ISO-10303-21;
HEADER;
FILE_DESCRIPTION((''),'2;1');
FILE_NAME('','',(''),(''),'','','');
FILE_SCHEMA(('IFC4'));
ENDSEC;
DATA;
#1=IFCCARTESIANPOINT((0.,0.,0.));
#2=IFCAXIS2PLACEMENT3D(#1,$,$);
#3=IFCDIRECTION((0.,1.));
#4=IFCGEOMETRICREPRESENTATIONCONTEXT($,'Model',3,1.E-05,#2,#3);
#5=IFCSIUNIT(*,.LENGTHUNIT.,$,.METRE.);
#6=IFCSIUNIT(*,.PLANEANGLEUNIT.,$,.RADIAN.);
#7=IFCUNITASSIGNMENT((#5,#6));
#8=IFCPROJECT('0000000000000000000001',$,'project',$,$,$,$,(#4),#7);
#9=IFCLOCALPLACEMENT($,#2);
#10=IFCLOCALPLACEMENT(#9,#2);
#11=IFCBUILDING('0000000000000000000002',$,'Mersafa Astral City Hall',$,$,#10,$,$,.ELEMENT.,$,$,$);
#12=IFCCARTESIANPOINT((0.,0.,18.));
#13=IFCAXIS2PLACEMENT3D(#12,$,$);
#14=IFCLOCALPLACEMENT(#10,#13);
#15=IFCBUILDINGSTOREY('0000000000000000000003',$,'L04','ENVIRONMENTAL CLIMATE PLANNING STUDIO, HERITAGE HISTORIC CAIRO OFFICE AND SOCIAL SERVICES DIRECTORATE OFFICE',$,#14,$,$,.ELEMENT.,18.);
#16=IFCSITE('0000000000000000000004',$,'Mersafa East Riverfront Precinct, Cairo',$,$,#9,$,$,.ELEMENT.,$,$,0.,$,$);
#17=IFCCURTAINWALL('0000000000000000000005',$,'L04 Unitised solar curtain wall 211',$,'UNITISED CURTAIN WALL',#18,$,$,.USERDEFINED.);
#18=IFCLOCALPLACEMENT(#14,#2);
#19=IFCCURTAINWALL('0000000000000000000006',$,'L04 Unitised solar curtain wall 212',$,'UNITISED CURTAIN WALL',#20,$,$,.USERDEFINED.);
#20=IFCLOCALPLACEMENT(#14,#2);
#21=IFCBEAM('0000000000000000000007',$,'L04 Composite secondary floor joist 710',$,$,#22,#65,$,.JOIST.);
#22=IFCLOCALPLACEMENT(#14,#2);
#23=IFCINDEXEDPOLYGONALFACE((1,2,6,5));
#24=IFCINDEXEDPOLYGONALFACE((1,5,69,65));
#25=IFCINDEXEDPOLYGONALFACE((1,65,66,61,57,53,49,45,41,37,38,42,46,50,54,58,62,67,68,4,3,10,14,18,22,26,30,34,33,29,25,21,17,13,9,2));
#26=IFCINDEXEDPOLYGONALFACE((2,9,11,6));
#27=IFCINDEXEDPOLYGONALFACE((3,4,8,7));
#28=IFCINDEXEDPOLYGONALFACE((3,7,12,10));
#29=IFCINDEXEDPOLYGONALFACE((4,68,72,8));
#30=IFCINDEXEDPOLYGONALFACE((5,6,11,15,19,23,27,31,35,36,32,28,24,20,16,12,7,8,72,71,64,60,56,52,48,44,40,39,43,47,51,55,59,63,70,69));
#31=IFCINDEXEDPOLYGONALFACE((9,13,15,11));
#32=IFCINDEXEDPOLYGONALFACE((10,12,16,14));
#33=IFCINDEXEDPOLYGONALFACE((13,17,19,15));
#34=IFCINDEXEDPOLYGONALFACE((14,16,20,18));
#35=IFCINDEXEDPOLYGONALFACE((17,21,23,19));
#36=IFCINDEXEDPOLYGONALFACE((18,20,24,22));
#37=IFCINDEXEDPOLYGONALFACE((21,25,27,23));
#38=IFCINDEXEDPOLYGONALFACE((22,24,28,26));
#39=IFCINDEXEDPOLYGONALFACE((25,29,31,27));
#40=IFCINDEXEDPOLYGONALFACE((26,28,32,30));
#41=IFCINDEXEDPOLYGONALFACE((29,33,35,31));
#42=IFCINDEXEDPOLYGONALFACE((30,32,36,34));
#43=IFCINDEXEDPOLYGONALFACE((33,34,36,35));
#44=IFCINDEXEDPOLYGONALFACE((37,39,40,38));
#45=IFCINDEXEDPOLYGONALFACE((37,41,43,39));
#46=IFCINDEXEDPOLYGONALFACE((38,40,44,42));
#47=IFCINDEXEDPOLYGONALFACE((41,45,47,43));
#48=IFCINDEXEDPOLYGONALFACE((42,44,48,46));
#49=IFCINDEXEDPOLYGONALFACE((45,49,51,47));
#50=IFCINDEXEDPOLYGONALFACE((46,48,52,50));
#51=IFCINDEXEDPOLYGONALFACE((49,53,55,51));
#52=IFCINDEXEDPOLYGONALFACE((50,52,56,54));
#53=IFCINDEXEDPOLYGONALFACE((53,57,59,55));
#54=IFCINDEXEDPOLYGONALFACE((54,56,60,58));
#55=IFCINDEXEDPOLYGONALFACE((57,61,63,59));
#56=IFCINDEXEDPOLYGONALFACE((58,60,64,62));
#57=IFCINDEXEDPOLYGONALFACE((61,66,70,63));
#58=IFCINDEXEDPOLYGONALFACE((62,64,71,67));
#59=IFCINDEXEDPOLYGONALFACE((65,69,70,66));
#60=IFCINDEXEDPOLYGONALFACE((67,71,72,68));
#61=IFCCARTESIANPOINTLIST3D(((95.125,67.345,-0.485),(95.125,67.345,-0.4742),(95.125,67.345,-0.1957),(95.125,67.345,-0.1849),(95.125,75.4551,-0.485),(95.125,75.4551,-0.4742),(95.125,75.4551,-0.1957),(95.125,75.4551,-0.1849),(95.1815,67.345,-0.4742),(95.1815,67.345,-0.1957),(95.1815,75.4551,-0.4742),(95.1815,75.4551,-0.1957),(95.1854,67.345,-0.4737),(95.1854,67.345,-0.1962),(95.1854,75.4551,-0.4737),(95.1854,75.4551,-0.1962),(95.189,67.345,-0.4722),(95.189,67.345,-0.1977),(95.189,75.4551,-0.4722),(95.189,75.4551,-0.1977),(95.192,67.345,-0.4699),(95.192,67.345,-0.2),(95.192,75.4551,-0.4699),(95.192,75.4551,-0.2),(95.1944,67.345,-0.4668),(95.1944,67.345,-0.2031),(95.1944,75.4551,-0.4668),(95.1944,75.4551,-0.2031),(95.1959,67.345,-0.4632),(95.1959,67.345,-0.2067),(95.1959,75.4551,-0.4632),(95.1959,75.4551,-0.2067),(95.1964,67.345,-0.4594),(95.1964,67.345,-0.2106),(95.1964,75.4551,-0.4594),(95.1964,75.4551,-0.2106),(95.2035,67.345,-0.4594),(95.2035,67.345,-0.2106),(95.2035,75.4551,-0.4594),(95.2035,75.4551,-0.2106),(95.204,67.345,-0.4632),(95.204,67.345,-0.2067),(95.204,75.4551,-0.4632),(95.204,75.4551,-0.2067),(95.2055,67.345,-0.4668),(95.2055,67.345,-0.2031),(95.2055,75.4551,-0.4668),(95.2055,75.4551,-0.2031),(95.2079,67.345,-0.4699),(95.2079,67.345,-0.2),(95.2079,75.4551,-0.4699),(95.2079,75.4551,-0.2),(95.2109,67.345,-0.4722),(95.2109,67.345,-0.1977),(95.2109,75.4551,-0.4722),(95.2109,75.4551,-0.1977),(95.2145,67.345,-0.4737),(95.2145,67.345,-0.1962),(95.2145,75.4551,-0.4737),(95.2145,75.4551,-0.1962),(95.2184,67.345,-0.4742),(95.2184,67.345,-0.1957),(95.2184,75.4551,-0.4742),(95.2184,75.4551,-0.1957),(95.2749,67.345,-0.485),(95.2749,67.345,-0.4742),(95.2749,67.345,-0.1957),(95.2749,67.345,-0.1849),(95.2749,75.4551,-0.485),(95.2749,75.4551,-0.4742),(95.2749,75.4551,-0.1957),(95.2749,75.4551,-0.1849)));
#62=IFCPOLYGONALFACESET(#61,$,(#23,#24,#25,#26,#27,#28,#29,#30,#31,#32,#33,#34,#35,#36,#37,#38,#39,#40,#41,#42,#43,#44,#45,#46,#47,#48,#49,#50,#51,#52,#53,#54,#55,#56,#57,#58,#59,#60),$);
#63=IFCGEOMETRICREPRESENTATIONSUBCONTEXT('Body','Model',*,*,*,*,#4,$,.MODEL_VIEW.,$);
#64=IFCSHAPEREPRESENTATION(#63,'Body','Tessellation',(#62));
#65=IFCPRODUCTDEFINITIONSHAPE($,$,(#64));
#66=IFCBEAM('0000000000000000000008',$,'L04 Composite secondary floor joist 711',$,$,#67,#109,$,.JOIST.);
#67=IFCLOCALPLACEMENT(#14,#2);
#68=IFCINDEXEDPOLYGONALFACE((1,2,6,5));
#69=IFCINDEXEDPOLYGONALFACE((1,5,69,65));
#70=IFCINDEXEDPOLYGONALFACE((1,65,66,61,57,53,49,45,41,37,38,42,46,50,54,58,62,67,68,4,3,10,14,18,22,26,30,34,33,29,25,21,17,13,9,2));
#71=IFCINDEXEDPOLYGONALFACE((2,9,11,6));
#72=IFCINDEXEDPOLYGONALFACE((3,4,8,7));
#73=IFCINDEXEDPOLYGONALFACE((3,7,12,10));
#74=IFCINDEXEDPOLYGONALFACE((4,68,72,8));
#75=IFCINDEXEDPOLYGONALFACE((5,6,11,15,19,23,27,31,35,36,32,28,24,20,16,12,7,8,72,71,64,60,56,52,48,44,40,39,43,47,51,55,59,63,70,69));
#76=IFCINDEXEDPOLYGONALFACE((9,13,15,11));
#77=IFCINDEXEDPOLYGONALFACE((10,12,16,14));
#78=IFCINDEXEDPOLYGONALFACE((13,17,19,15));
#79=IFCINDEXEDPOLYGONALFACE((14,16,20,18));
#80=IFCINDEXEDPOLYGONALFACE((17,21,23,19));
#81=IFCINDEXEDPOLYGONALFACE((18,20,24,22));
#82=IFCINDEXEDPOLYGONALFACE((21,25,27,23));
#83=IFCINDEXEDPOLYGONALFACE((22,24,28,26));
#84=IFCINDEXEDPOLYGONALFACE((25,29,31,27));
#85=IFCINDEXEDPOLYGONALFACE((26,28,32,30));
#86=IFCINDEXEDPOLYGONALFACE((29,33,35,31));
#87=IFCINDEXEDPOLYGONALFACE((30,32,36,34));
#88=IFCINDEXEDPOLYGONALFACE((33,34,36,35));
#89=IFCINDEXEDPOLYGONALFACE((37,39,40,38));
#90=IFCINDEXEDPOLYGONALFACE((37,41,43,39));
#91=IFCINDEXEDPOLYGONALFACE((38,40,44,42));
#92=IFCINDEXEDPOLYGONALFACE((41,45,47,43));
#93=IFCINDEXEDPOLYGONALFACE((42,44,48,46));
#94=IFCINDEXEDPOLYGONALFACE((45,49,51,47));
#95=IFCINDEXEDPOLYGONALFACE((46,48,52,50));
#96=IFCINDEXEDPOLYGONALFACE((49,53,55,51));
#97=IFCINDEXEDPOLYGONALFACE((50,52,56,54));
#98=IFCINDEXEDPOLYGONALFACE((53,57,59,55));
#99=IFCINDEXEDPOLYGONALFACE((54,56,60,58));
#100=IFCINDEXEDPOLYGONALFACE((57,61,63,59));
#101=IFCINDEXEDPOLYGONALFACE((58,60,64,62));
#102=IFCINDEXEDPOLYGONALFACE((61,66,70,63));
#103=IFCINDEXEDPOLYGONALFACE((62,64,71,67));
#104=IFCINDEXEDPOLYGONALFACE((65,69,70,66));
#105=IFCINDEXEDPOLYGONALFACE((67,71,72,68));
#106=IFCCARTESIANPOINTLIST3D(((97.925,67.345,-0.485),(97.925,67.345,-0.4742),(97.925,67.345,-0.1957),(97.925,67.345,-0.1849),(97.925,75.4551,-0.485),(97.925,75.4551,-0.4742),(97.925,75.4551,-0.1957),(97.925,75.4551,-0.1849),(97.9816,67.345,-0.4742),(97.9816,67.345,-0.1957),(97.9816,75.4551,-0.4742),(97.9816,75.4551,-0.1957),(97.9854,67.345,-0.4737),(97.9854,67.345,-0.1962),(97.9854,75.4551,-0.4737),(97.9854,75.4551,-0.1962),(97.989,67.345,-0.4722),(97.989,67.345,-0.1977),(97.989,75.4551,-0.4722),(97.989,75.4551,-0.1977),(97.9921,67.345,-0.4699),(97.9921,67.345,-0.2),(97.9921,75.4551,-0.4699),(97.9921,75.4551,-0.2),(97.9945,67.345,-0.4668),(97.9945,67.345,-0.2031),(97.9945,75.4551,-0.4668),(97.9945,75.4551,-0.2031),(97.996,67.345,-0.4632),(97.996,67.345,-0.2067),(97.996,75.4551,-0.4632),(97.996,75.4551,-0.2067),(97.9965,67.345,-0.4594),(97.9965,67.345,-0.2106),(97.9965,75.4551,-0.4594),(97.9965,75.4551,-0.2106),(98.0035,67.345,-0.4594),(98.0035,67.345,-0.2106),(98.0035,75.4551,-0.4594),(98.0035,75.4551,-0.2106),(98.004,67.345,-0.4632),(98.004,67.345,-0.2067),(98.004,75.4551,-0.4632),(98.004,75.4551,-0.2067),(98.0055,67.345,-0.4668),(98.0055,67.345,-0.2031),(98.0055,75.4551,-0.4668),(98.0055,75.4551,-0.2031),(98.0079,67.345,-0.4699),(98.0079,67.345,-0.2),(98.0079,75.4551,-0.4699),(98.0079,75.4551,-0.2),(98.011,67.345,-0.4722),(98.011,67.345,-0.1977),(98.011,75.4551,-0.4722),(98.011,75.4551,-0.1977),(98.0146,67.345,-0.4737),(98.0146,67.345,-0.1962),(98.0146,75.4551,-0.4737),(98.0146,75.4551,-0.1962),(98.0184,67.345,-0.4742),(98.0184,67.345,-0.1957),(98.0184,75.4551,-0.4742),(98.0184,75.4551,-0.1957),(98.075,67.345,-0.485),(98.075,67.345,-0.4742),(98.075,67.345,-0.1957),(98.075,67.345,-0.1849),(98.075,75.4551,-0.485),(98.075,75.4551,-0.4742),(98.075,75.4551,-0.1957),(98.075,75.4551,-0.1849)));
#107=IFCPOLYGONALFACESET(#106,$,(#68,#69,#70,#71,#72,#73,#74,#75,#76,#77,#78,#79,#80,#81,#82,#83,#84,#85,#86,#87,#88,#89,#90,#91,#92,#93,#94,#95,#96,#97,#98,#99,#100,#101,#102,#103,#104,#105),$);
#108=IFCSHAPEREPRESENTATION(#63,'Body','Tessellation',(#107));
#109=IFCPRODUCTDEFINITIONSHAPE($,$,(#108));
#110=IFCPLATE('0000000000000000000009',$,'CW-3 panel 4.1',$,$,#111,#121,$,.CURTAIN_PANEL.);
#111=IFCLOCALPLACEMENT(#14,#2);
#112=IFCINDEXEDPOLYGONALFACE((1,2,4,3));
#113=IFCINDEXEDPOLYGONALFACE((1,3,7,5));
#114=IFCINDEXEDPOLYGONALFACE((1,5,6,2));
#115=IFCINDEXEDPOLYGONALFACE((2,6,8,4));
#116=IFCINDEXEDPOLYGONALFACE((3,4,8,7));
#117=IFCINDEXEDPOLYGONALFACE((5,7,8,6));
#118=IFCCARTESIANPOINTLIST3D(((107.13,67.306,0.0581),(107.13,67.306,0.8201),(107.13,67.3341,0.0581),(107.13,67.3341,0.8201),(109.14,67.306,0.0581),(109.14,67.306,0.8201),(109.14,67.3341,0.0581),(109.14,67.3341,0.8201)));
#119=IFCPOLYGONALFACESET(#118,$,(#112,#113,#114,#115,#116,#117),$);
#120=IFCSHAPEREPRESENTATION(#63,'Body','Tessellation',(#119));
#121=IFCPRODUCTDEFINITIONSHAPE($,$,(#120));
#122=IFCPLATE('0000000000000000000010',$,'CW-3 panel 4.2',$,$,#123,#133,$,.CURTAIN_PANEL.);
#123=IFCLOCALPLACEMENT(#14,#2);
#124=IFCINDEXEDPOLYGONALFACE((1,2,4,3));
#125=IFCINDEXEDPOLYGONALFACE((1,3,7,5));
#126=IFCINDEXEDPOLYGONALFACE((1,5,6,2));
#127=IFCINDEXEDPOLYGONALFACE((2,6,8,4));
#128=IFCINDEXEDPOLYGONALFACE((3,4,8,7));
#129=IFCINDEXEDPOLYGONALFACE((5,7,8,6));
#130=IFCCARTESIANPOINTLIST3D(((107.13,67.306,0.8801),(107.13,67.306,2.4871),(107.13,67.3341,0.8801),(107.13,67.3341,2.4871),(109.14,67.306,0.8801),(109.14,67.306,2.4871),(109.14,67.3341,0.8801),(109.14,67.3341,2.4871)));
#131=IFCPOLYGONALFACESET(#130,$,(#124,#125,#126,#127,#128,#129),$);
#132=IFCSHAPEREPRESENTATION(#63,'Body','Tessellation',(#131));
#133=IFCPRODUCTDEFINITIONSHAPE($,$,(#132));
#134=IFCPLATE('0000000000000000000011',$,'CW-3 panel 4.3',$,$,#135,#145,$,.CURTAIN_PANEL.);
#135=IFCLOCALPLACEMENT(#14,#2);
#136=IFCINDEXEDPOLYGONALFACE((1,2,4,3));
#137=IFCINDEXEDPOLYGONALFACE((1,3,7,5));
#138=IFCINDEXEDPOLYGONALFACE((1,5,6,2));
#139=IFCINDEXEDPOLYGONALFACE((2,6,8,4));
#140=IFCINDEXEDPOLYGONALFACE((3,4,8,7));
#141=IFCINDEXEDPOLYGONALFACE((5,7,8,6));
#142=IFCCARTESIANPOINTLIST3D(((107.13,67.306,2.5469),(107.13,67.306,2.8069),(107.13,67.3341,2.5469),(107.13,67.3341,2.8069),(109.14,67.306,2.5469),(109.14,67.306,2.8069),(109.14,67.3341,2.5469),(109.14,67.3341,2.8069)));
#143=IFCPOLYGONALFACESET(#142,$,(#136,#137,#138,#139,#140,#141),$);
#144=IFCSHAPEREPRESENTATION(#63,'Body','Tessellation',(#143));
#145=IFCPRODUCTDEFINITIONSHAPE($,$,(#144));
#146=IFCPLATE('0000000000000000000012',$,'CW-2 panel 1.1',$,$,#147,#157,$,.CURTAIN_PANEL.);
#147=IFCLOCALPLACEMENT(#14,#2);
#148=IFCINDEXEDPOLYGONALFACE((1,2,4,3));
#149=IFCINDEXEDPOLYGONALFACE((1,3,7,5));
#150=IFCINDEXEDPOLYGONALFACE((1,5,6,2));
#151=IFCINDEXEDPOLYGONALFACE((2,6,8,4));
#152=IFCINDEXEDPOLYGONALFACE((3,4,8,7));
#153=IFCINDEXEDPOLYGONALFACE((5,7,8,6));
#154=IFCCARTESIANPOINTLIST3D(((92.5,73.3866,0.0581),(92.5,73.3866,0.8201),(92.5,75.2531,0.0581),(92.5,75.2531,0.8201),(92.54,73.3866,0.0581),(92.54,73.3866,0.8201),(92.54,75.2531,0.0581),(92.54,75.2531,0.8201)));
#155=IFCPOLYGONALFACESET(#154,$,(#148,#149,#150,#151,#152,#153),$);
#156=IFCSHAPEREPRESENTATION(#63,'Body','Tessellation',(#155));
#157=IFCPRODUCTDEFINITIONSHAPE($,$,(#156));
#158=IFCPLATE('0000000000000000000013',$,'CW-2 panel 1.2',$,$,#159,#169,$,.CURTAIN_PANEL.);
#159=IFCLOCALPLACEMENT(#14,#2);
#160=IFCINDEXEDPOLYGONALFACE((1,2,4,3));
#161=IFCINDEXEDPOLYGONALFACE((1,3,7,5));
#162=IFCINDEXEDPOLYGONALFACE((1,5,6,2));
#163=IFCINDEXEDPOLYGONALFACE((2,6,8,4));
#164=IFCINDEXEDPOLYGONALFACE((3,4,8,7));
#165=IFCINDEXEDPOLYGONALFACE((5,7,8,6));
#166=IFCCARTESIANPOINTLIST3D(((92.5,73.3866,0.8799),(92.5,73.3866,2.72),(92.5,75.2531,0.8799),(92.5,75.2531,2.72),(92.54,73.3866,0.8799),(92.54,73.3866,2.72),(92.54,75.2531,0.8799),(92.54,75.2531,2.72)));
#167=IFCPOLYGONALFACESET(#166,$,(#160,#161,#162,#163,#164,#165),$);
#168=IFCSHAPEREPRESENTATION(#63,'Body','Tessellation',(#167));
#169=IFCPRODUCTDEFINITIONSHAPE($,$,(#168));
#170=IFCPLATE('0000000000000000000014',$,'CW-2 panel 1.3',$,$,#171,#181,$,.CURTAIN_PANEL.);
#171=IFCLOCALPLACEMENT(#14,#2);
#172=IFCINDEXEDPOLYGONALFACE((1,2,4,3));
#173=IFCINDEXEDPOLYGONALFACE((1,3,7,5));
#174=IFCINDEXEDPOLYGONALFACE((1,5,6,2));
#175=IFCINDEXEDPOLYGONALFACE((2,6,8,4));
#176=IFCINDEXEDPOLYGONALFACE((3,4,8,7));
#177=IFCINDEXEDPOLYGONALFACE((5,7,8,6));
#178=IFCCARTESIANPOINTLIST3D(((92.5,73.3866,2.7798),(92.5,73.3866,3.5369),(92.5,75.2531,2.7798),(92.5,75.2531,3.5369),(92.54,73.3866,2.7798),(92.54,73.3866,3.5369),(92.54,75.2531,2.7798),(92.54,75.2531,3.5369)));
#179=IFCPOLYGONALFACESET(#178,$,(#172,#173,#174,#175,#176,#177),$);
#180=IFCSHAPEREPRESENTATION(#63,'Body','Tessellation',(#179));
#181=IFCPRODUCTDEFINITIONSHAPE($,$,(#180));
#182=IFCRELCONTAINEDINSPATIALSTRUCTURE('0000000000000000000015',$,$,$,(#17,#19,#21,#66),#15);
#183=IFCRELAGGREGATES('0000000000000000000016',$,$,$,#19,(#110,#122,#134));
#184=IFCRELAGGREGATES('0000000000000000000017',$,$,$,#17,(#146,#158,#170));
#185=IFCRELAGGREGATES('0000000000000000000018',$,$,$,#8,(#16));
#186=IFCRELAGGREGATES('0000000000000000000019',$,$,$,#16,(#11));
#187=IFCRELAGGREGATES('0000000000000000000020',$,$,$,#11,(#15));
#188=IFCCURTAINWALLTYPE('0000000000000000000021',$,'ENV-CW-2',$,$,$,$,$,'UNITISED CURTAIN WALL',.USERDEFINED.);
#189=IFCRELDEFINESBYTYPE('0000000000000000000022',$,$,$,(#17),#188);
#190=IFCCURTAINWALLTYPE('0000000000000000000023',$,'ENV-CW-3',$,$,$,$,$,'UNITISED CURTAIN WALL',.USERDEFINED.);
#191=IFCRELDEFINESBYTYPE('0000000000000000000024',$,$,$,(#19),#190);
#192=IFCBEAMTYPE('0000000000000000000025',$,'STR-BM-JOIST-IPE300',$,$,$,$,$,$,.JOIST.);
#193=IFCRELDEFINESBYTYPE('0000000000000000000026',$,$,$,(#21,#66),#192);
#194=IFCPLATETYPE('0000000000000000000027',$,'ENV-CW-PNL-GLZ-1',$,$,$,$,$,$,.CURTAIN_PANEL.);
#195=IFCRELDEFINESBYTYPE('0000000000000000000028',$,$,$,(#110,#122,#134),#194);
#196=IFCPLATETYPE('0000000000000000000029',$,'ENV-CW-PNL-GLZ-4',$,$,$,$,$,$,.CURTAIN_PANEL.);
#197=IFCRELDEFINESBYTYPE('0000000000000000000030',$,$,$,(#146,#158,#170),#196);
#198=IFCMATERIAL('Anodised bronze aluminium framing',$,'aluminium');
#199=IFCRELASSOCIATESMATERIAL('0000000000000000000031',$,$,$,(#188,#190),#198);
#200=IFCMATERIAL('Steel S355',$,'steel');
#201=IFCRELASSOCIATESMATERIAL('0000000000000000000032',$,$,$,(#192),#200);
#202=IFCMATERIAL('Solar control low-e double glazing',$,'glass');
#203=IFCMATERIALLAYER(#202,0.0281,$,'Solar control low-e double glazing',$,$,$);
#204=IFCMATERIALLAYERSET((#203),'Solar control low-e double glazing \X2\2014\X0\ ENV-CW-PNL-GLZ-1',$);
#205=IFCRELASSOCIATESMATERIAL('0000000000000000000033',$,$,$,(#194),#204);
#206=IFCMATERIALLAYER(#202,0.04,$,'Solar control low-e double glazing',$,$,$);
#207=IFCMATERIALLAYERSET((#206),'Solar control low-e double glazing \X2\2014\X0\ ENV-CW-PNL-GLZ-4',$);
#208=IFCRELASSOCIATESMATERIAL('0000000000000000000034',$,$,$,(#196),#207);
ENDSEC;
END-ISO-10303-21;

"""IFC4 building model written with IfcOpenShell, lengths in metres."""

from ifc_helpers import new_model, si_unit, direction, frame, origin, origin_2d, place, context, subcontext, project, spatial, rectangle, i_section, extrude, material, layer, layer_set, material_profile, profile_set, type_object, element, aggregate, save


model = new_model("IFC4")

# Units and contexts
model_context = context("Model", 3, precision=1e-05, world=origin(), true_north=direction((0.0, 1.0)))
body_context = subcontext(model_context, "Body", "Model", "MODEL_VIEW")
ifc_project = project(units=[si_unit("LENGTHUNIT", "METRE"), si_unit("PLANEANGLEUNIT", "RADIAN")], contexts=[model_context])

# Site, building, storey
site_placement = place(None, origin())
site = spatial("IfcSite", under=ifc_project, at=site_placement, Name="Mersafa East Riverfront Precinct, Cairo", CompositionType="ELEMENT", RefElevation=0.0)
building_placement = place(site_placement, origin())
building = spatial("IfcBuilding", under=site, at=building_placement, Name="Mersafa Astral City Hall", CompositionType="ELEMENT")
storey_placement = place(building_placement, frame((0.0, 0.0, 18.0)))
storey = spatial("IfcBuildingStorey", under=building, at=storey_placement, Name="L04", Description="ENVIRONMENTAL CLIMATE PLANNING STUDIO, HERITAGE HISTORIC CAIRO OFFICE AND SOCIAL SERVICES DIRECTORATE OFFICE", CompositionType="ELEMENT", Elevation=18.0)

# Curtain walls
ifc_material_1 = material(Name="Anodised bronze aluminium framing", Category="aluminium")
curtain_wall_type_1 = type_object("IfcCurtainWallType", Name="ENV-CW-2", ElementType="UNITISED CURTAIN WALL", PredefinedType="USERDEFINED", material=ifc_material_1)
curtain_wall_1_placement = place(storey_placement, origin())
curtain_wall_1 = element("IfcCurtainWall", 1, at=curtain_wall_1_placement, inside=storey, type_object=curtain_wall_type_1, Name="L04 Unitised solar curtain wall 211", ObjectType="UNITISED CURTAIN WALL", PredefinedType="USERDEFINED")
curtain_wall_type_2 = type_object("IfcCurtainWallType", Name="ENV-CW-3", ElementType="UNITISED CURTAIN WALL", PredefinedType="USERDEFINED", material=ifc_material_1)
curtain_wall_2_placement = place(storey_placement, origin())
curtain_wall_2 = element("IfcCurtainWall", 2, at=curtain_wall_2_placement, inside=storey, type_object=curtain_wall_type_2, Name="L04 Unitised solar curtain wall 212", ObjectType="UNITISED CURTAIN WALL", PredefinedType="USERDEFINED")

# Beams
ifc_material_2 = material(Name="Steel S355", Category="steel")
ifc_material_profile_1 = material_profile(ifc_material_2, i_section(OverallWidth=0.1499, OverallDepth=0.3, WebThickness=0.0071, FlangeThickness=0.0107, FilletRadius=0.0149, at=origin_2d()), Name="IPE 300")
ifc_profile_set_1 = profile_set([ifc_material_profile_1], Name="Steel S355")
beam_type_1 = type_object("IfcBeamType", Name="STR-BM-JOIST-IPE300", PredefinedType="JOIST", material=ifc_profile_set_1)
for number, where, z_axis, x_axis, name in (
    (3, (95.2, 67.345, -0.335), (0.0, 1.0, 0.0), (-1.0, 0.0, 0.0), "L04 Composite secondary floor joist 710"),
    (4, (98.0, 67.345, -0.335), (0.0, 1.0, 0.0), (-1.0, 0.0, 0.0), "L04 Composite secondary floor joist 711"),
):
    element("IfcBeam", number, at=place(storey_placement, frame(where, z_axis=z_axis, x_axis=x_axis)), inside=storey, type_object=beam_type_1, Name=name, PredefinedType="JOIST", context=body_context, shape_type="SweptSolid", body=[
        extrude(i_section(OverallWidth=0.1499, OverallDepth=0.3, WebThickness=0.0071, FlangeThickness=0.0107, FilletRadius=0.0149, at=origin_2d()), origin(), (0.0, 0.0, 1.0), 8.1101),
    ])

# Plates
ifc_material_3 = material(Name="Solar control low-e double glazing", Category="glass")
ifc_layer_1 = layer(ifc_material_3, 0.0281, Name="Solar control low-e double glazing")
ifc_layer_set_1 = layer_set([ifc_layer_1], Name="Solar control low-e double glazing — ENV-CW-PNL-GLZ-1")
plate_type_1 = type_object("IfcPlateType", Name="ENV-CW-PNL-GLZ-1", PredefinedType="CURTAIN_PANEL", material=ifc_layer_set_1)
plate_1_placement = place(storey_placement, frame((108.135, 67.3201, 0.0581), z_axis=(0.0, 0.0, 1.0), x_axis=(1.0, 0.0, 0.0)))
plate_1 = element("IfcPlate", 5, at=plate_1_placement, type_object=plate_type_1, Name="CW-3 panel 4.1", PredefinedType="CURTAIN_PANEL", context=body_context, shape_type="SweptSolid", body=[
    extrude(rectangle(XDim=2.01, YDim=0.0281, at=origin_2d()), origin(), (0.0, 0.0, 1.0), 0.762),
])
plate_2_placement = place(storey_placement, frame((108.135, 67.3201, 0.8801), z_axis=(0.0, 0.0, 1.0), x_axis=(1.0, 0.0, 0.0)))
plate_2 = element("IfcPlate", 6, at=plate_2_placement, type_object=plate_type_1, Name="CW-3 panel 4.2", PredefinedType="CURTAIN_PANEL", context=body_context, shape_type="SweptSolid", body=[
    extrude(rectangle(XDim=2.01, YDim=0.0281, at=origin_2d()), origin(), (0.0, 0.0, 1.0), 1.6069),
])
plate_3_placement = place(storey_placement, frame((108.135, 67.3201, 2.5469), z_axis=(0.0, 0.0, 1.0), x_axis=(1.0, 0.0, 0.0)))
plate_3 = element("IfcPlate", 7, at=plate_3_placement, type_object=plate_type_1, Name="CW-3 panel 4.3", PredefinedType="CURTAIN_PANEL", context=body_context, shape_type="SweptSolid", body=[
    extrude(rectangle(XDim=2.01, YDim=0.0281, at=origin_2d()), origin(), (0.0, 0.0, 1.0), 0.26),
])
aggregate(curtain_wall_2, [plate_1, plate_2, plate_3])
ifc_layer_2 = layer(ifc_material_3, 0.04, Name="Solar control low-e double glazing")
ifc_layer_set_2 = layer_set([ifc_layer_2], Name="Solar control low-e double glazing — ENV-CW-PNL-GLZ-4")
plate_type_2 = type_object("IfcPlateType", Name="ENV-CW-PNL-GLZ-4", PredefinedType="CURTAIN_PANEL", material=ifc_layer_set_2)
plate_4_placement = place(storey_placement, frame((92.52, 74.3198, 0.0581), z_axis=(0.0, 0.0, 1.0), x_axis=(0.0, -1.0, 0.0)))
plate_4 = element("IfcPlate", 8, at=plate_4_placement, type_object=plate_type_2, Name="CW-2 panel 1.1", PredefinedType="CURTAIN_PANEL", context=body_context, shape_type="SweptSolid", body=[
    extrude(rectangle(XDim=1.8665, YDim=0.04, at=origin_2d()), origin(), (0.0, 0.0, 1.0), 0.762),
])
plate_5_placement = place(storey_placement, frame((92.52, 74.3198, 0.8799), z_axis=(0.0, 0.0, 1.0), x_axis=(0.0, -1.0, 0.0)))
plate_5 = element("IfcPlate", 9, at=plate_5_placement, type_object=plate_type_2, Name="CW-2 panel 1.2", PredefinedType="CURTAIN_PANEL", context=body_context, shape_type="SweptSolid", body=[
    extrude(rectangle(XDim=1.8665, YDim=0.04, at=origin_2d()), origin(), (0.0, 0.0, 1.0), 1.8401),
])
plate_6_placement = place(storey_placement, frame((92.52, 74.3198, 2.7798), z_axis=(0.0, 0.0, 1.0), x_axis=(0.0, -1.0, 0.0)))
plate_6 = element("IfcPlate", 10, at=plate_6_placement, type_object=plate_type_2, Name="CW-2 panel 1.3", PredefinedType="CURTAIN_PANEL", context=body_context, shape_type="SweptSolid", body=[
    extrude(rectangle(XDim=1.8665, YDim=0.04, at=origin_2d()), origin(), (0.0, 0.0, 1.0), 0.7571),
])
aggregate(curtain_wall_1, [plate_4, plate_5, plate_6])

save(model, "model.ifc")
